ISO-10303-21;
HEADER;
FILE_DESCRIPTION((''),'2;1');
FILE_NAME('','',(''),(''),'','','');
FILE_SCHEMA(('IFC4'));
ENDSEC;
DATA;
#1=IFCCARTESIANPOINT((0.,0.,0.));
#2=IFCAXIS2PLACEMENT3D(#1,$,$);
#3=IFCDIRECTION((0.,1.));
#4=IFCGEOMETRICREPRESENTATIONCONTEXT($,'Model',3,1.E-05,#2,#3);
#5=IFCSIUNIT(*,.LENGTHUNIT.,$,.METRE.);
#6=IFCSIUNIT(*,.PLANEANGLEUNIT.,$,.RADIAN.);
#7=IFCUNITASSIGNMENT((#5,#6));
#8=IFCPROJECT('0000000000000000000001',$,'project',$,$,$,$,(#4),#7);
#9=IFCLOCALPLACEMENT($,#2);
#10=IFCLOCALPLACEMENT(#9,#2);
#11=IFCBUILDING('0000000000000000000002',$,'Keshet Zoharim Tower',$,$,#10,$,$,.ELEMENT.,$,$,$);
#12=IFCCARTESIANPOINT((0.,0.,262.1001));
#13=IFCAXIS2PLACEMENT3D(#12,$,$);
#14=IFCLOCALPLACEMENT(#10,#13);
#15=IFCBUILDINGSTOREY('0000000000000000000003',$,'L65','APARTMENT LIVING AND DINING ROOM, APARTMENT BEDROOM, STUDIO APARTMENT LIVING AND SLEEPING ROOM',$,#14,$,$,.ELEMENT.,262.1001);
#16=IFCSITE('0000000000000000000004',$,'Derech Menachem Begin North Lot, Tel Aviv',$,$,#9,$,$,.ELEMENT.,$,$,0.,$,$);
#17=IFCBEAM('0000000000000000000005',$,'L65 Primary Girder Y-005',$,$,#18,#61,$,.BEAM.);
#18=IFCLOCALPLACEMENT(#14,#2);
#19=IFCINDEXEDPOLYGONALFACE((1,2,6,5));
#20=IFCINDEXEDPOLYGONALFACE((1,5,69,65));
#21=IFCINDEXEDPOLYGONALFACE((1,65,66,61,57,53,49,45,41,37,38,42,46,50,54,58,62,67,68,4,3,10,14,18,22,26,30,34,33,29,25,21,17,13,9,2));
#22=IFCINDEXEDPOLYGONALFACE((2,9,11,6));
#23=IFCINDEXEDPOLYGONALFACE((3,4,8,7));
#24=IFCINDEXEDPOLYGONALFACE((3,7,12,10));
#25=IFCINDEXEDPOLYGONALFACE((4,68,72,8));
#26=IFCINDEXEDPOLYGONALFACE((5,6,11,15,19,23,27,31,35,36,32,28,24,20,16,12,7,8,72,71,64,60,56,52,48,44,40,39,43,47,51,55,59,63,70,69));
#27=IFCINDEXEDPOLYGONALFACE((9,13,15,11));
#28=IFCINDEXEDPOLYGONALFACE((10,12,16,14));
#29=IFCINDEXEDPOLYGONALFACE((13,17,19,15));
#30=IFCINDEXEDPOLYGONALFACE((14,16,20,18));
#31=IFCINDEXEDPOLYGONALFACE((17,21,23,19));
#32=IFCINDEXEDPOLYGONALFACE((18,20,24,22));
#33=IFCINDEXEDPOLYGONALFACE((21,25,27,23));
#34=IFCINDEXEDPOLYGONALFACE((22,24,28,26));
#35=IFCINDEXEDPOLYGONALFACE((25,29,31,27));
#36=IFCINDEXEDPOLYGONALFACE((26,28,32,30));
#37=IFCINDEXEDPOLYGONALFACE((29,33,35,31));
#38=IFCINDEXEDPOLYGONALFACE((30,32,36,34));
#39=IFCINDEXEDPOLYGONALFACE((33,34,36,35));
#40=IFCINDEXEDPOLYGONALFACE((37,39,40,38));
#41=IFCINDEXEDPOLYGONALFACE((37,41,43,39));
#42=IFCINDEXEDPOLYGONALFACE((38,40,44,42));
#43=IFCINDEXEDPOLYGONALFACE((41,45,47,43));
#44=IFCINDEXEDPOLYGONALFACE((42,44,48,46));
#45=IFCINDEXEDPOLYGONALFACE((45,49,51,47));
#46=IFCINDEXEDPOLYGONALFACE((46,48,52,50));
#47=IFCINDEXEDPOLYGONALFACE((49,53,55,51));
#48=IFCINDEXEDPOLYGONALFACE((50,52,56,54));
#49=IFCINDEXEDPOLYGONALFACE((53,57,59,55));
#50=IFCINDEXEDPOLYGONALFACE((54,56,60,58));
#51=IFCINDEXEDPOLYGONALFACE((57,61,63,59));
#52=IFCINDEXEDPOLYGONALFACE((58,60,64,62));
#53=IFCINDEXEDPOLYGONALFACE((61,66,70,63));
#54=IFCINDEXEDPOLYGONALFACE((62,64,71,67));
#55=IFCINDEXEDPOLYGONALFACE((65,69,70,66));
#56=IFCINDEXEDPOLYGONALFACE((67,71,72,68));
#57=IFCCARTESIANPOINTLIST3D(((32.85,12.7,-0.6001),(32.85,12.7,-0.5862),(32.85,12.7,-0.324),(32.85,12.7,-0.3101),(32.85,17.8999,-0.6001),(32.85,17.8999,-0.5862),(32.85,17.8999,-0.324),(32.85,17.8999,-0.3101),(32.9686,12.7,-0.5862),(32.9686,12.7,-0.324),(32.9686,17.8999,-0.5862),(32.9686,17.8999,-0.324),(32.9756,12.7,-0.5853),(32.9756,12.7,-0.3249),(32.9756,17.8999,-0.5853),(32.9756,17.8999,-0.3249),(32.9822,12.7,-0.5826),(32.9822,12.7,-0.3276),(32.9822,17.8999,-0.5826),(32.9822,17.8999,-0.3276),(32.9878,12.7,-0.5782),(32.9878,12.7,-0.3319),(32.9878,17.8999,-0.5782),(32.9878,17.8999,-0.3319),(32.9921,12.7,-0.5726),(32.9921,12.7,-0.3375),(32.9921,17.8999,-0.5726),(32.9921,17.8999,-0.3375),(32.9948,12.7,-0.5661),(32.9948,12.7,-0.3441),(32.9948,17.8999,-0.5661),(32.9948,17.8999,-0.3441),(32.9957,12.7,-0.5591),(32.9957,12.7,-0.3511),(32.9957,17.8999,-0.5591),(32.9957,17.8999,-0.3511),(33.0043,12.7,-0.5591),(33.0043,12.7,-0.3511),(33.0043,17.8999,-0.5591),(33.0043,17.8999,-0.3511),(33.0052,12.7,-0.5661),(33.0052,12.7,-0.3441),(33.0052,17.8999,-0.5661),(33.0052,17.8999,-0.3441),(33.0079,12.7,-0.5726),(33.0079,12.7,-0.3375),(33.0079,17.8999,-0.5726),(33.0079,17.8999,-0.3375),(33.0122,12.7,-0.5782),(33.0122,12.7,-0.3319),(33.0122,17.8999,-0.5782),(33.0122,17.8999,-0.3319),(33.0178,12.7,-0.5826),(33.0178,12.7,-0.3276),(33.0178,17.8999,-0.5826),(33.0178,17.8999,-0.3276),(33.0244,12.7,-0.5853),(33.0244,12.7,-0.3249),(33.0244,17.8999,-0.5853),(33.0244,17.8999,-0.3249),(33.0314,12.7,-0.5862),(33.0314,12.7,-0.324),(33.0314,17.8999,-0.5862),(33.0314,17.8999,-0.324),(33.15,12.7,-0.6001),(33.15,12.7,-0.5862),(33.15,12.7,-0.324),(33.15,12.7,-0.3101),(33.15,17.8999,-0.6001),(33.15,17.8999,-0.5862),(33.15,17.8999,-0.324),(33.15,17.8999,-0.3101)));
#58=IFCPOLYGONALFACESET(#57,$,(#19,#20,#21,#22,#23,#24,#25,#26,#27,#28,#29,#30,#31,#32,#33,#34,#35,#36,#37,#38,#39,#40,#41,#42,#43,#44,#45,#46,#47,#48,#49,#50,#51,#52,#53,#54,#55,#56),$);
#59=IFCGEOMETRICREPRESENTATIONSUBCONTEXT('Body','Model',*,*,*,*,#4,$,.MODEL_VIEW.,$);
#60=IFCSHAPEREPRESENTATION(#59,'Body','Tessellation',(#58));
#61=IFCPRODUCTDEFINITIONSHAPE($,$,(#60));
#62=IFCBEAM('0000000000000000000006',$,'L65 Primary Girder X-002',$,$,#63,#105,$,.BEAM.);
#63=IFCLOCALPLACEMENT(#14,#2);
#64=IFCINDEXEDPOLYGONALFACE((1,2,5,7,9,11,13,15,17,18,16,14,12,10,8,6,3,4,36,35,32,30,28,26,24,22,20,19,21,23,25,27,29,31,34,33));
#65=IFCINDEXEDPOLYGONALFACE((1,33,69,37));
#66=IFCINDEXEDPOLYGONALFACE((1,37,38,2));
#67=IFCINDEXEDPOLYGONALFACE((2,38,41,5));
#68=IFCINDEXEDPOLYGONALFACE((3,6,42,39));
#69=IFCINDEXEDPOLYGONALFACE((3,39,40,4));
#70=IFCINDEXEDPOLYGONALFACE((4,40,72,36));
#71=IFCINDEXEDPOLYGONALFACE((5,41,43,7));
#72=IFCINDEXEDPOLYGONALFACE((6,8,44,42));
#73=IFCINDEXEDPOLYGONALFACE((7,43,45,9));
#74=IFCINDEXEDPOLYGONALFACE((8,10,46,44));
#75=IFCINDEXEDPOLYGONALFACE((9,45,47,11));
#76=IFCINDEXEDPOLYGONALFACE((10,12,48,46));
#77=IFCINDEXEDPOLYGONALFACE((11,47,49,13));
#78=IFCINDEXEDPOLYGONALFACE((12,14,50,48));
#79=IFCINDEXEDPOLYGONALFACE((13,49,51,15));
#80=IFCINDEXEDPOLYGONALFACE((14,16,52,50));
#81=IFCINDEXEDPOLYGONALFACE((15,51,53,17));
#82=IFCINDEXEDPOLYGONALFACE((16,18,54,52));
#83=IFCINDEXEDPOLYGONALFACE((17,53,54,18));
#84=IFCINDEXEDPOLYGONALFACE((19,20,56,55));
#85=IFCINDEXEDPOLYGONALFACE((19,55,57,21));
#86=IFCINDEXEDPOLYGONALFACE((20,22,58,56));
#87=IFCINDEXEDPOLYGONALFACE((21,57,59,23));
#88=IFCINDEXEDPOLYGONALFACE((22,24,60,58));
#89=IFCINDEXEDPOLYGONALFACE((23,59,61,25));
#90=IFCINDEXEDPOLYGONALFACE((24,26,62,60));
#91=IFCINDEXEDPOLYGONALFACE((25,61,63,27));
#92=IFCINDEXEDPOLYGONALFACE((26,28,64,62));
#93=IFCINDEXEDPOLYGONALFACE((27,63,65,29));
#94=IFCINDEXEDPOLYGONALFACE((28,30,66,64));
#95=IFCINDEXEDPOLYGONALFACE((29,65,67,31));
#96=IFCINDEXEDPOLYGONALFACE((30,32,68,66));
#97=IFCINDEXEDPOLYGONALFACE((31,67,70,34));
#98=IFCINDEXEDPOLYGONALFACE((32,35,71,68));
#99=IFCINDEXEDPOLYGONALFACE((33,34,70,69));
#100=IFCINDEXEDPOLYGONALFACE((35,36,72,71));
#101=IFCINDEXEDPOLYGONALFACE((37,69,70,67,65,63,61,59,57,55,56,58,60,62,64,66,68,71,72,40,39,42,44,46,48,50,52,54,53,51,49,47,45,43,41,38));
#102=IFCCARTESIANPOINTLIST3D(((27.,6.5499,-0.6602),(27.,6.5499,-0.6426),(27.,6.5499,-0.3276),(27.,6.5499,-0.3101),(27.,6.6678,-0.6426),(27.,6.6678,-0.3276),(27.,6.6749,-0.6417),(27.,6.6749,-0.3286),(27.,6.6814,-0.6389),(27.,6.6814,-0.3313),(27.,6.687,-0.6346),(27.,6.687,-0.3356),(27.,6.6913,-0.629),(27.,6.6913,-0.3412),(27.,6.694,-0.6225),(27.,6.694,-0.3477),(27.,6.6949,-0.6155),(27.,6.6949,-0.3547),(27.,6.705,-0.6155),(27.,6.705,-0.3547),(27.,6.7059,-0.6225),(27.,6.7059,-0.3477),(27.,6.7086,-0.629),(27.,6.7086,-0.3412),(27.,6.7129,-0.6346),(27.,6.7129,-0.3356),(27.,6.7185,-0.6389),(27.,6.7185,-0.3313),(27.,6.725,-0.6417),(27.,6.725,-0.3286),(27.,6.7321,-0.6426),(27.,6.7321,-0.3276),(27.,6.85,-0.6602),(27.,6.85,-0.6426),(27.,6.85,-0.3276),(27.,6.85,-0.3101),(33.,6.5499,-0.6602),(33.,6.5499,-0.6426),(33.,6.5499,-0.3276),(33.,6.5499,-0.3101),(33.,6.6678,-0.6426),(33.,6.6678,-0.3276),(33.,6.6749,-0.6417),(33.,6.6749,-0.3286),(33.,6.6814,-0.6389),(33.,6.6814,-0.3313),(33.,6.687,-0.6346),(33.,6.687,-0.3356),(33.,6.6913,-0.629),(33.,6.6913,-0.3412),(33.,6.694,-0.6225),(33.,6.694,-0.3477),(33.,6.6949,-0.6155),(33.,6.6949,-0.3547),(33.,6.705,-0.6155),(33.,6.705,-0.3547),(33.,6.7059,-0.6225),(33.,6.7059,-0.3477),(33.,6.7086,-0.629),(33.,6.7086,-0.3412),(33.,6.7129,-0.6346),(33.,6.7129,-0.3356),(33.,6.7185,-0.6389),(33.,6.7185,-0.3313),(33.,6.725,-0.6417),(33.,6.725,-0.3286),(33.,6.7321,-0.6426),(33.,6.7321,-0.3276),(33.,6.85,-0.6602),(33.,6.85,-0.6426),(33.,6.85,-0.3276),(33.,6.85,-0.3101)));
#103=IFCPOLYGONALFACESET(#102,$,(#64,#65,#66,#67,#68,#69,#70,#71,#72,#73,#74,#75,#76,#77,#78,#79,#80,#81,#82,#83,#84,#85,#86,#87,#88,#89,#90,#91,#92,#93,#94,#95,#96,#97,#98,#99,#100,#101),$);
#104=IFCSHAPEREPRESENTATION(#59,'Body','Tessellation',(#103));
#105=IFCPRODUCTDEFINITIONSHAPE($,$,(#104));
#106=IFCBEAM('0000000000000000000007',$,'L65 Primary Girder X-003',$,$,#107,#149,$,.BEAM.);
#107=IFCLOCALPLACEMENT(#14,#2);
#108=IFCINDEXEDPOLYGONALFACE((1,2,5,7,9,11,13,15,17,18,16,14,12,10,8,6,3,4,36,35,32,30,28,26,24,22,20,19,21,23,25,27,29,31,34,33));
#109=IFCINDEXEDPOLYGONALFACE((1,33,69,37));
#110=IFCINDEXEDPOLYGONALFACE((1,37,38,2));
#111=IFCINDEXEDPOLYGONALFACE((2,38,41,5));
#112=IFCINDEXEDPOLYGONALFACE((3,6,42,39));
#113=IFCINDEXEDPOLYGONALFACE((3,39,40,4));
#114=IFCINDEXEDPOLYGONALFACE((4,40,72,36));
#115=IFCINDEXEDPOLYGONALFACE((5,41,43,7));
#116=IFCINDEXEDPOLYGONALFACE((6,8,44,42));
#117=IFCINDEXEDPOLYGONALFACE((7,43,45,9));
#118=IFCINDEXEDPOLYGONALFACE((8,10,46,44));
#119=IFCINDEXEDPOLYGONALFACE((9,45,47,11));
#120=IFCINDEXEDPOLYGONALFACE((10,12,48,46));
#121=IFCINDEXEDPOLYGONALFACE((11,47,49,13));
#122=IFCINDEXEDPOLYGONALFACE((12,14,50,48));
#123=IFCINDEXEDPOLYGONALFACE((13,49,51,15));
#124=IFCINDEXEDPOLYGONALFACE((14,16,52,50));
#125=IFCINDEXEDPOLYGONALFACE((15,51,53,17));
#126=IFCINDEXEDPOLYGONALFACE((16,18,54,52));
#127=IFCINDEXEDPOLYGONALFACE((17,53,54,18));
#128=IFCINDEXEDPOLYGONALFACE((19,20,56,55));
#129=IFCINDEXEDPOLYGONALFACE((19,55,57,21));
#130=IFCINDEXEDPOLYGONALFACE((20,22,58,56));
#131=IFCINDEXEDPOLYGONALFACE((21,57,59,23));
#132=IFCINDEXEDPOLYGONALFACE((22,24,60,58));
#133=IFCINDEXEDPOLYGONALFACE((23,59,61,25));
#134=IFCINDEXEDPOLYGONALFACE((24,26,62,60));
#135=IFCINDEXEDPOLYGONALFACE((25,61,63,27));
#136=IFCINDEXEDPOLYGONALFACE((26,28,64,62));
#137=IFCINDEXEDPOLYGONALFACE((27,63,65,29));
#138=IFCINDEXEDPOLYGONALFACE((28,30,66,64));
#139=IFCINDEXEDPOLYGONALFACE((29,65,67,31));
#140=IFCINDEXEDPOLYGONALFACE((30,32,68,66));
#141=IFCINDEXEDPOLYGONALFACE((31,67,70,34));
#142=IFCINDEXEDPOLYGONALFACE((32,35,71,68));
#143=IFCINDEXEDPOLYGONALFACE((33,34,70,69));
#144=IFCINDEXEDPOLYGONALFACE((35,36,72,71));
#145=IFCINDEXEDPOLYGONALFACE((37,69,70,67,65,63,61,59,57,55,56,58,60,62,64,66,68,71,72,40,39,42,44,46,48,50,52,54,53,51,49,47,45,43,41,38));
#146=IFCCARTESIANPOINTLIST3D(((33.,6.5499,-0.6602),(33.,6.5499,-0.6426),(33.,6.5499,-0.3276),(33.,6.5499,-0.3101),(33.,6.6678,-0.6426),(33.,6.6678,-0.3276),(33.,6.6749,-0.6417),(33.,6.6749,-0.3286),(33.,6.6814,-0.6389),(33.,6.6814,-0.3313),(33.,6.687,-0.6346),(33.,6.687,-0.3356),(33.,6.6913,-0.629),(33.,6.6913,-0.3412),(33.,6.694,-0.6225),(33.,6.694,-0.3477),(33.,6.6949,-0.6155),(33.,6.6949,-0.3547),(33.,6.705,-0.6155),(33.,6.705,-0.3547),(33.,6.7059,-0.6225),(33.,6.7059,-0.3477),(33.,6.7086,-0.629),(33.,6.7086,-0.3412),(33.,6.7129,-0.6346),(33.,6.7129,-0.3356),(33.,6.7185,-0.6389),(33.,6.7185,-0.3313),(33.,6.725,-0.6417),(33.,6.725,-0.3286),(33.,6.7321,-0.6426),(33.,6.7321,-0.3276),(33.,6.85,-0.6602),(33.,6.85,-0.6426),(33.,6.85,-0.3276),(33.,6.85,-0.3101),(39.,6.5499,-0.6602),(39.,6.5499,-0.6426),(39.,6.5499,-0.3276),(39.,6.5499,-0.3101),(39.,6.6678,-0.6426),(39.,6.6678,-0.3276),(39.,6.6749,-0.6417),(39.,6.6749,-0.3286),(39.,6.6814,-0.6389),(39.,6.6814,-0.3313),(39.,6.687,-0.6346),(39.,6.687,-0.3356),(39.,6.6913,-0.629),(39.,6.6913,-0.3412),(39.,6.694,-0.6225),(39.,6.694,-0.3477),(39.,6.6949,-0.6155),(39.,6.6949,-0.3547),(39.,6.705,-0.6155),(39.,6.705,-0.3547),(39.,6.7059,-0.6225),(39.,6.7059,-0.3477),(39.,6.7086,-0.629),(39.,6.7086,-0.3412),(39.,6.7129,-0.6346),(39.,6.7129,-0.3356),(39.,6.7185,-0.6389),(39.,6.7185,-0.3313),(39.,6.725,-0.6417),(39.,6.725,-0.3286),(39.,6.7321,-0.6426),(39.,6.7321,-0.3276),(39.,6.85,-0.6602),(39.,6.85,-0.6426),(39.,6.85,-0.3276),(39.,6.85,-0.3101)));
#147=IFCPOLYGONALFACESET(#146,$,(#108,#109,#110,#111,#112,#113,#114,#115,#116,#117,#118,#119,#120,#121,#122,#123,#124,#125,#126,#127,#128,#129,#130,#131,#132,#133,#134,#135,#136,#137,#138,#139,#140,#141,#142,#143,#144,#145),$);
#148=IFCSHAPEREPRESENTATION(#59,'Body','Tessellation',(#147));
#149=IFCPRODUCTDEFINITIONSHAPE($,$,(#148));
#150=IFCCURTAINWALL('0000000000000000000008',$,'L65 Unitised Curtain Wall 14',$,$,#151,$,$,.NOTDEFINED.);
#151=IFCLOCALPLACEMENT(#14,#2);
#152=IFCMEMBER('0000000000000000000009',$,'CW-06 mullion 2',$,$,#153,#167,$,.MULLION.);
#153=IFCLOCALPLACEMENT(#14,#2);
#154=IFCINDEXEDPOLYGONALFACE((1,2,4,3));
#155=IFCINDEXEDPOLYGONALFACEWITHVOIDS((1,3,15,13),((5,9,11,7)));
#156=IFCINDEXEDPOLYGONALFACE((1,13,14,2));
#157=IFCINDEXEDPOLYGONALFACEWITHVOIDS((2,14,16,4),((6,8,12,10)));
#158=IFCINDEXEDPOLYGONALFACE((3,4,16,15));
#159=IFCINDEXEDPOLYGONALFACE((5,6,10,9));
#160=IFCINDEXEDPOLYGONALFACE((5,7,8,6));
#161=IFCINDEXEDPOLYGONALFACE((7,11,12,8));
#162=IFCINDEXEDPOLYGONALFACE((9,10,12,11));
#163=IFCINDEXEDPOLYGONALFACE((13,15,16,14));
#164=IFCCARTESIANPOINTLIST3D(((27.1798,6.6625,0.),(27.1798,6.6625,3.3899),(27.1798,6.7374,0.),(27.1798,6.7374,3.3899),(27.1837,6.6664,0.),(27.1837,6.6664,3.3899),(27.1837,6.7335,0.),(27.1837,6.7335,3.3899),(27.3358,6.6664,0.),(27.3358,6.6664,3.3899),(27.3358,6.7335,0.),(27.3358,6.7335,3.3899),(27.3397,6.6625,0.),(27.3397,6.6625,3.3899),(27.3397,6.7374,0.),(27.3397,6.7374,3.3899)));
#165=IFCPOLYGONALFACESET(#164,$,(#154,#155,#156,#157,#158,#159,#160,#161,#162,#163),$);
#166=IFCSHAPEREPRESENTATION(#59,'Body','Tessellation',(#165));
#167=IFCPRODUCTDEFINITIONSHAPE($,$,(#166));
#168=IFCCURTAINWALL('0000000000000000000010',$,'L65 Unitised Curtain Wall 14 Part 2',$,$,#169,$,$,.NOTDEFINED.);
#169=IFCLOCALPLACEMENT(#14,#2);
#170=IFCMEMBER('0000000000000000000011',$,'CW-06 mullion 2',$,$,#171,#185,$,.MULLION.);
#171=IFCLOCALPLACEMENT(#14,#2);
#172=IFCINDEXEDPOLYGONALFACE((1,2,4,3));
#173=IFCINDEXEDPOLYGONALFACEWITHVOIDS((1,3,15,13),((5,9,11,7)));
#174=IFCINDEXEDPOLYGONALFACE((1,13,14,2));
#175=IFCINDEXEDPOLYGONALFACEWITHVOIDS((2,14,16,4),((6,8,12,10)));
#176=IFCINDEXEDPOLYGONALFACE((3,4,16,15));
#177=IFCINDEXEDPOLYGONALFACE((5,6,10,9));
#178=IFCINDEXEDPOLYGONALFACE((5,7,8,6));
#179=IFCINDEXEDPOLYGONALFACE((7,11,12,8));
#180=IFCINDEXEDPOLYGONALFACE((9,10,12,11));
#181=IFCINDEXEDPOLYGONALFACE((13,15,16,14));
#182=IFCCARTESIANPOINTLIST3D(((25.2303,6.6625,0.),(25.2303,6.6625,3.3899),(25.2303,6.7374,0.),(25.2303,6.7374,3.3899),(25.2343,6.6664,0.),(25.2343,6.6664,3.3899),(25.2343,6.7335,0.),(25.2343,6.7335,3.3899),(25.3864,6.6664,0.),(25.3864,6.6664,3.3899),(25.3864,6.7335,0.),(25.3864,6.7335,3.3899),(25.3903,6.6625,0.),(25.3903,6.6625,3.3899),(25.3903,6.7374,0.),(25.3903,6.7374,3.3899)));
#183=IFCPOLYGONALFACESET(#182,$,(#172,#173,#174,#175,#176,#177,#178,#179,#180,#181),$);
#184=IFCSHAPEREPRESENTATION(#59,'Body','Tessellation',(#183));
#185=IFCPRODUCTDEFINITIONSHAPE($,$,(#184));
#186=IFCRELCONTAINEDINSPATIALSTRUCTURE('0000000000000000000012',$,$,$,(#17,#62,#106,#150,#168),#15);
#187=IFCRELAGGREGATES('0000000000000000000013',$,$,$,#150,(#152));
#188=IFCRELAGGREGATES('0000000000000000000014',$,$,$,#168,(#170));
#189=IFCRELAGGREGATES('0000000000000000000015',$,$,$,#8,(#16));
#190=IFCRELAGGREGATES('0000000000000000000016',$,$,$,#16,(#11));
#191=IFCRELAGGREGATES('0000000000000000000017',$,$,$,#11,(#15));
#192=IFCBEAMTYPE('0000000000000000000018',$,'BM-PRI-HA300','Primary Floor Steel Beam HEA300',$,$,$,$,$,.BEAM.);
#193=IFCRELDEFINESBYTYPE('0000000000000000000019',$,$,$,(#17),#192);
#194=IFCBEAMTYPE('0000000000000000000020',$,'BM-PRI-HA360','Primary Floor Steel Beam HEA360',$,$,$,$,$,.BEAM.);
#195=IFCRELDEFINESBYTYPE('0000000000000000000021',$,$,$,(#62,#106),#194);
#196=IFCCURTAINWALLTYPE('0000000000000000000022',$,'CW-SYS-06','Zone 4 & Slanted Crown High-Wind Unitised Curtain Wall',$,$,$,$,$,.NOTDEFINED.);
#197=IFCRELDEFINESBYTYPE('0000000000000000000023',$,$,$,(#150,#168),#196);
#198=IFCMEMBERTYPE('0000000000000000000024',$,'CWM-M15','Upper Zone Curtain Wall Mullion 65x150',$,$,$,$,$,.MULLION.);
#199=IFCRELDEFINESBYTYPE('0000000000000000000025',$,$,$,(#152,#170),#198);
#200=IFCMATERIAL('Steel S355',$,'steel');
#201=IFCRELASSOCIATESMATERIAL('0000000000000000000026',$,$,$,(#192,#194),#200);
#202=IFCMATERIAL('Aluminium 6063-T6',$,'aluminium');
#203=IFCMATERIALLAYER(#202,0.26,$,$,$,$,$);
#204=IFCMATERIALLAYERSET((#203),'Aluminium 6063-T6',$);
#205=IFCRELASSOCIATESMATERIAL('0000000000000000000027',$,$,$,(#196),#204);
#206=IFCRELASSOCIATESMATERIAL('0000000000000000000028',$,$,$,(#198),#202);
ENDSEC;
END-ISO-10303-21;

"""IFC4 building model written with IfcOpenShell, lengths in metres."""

from ifc_helpers import new_model, si_unit, direction, frame, origin, origin_2d, place, context, subcontext, project, spatial, hollow_rectangle, i_section, extrude, material, layer, layer_set, material_profile, profile_set, type_object, element, aggregate, save


model = new_model("IFC4")

# Units and contexts
model_context = context("Model", 3, precision=1e-05, world=origin(), true_north=direction((0.0, 1.0)))
body_context = subcontext(model_context, "Body", "Model", "MODEL_VIEW")
ifc_project = project(units=[si_unit("LENGTHUNIT", "METRE"), si_unit("PLANEANGLEUNIT", "RADIAN")], contexts=[model_context])

# Site, building, storey
site_placement = place(None, origin())
site = spatial("IfcSite", under=ifc_project, at=site_placement, Name="Derech Menachem Begin North Lot, Tel Aviv", CompositionType="ELEMENT", RefElevation=0.0)
building_placement = place(site_placement, origin())
building = spatial("IfcBuilding", under=site, at=building_placement, Name="Keshet Zoharim Tower", CompositionType="ELEMENT")
storey_placement = place(building_placement, frame((0.0, 0.0, 262.1001)))
storey = spatial("IfcBuildingStorey", under=building, at=storey_placement, Name="L65", Description="APARTMENT LIVING AND DINING ROOM, APARTMENT BEDROOM, STUDIO APARTMENT LIVING AND SLEEPING ROOM", CompositionType="ELEMENT", Elevation=262.1001)

# Shared definitions
ifc_material_1 = material(Name="Steel S355", Category="steel")

# Beams
ifc_material_profile_1 = material_profile(ifc_material_1, i_section(OverallWidth=0.3, OverallDepth=0.29, WebThickness=0.0085, FlangeThickness=0.0139, FilletRadius=0.0271, at=origin_2d()), Name="HEA300")
ifc_profile_set_1 = profile_set([ifc_material_profile_1], Name="Steel S355")
beam_type_1 = type_object("IfcBeamType", Name="BM-PRI-HA300", Description="Primary Floor Steel Beam HEA300", PredefinedType="BEAM", material=ifc_profile_set_1)
beam_1_placement = place(storey_placement, frame((33.0, 12.7, -0.4551), z_axis=(0.0, 1.0, 0.0), x_axis=(-1.0, 0.0, 0.0)))
element("IfcBeam", 1, at=beam_1_placement, inside=storey, type_object=beam_type_1, Name="L65 Primary Girder Y-005", PredefinedType="BEAM", context=body_context, shape_type="SweptSolid", body=[
    extrude(i_section(OverallWidth=0.3, OverallDepth=0.29, WebThickness=0.0085, FlangeThickness=0.0139, FilletRadius=0.0271, at=origin_2d()), origin(), (0.0, 0.0, 1.0), 5.2),
])
ifc_material_profile_2 = material_profile(ifc_material_1, i_section(OverallWidth=0.3, OverallDepth=0.3501, WebThickness=0.01, FlangeThickness=0.0176, FilletRadius=0.0271, at=origin_2d()), Name="HEA360")
ifc_profile_set_2 = profile_set([ifc_material_profile_2], Name="Steel S355")
beam_type_2 = type_object("IfcBeamType", Name="BM-PRI-HA360", Description="Primary Floor Steel Beam HEA360", PredefinedType="BEAM", material=ifc_profile_set_2)
for number, where, z_axis, x_axis, name in (
    (2, (27.0, 6.7, -0.4851), (1.0, 0.0, 0.0), (0.0, 1.0, 0.0), "L65 Primary Girder X-002"),
    (3, (33.0, 6.7, -0.4851), (1.0, 0.0, 0.0), (0.0, 1.0, 0.0), "L65 Primary Girder X-003"),
):
    element("IfcBeam", number, at=place(storey_placement, frame(where, z_axis=z_axis, x_axis=x_axis)), inside=storey, type_object=beam_type_2, Name=name, PredefinedType="BEAM", context=body_context, shape_type="SweptSolid", body=[
        extrude(i_section(OverallWidth=0.3, OverallDepth=0.3501, WebThickness=0.01, FlangeThickness=0.0176, FilletRadius=0.0271, at=origin_2d()), origin(), (0.0, 0.0, 1.0), 6.0),
    ])

# Curtain wall, member
ifc_material_2 = material(Name="Aluminium 6063-T6", Category="aluminium")
ifc_layer_1 = layer(ifc_material_2, 0.26)
ifc_layer_set_1 = layer_set([ifc_layer_1], Name="Aluminium 6063-T6")
curtain_wall_type = type_object("IfcCurtainWallType", Name="CW-SYS-06", Description="Zone 4 & Slanted Crown High-Wind Unitised Curtain Wall", PredefinedType="NOTDEFINED", material=ifc_layer_set_1)
curtain_wall_1_placement = place(storey_placement, origin())
curtain_wall_1 = element("IfcCurtainWall", 4, at=curtain_wall_1_placement, inside=storey, type_object=curtain_wall_type, Name="L65 Unitised Curtain Wall 14", PredefinedType="NOTDEFINED")
ifc_material_profile_3 = material_profile(ifc_material_2, hollow_rectangle(XDim=0.075, YDim=0.1599, WallThickness=0.0039, at=origin_2d()), Name="MUL-75x160")
ifc_profile_set_3 = profile_set([ifc_material_profile_3], Name="Aluminium 6063-T6")
member_type_1 = type_object("IfcMemberType", Name="CWM-M15", Description="Upper Zone Curtain Wall Mullion 65x150", PredefinedType="MULLION", material=ifc_profile_set_3)
member_1_placement = place(storey_placement, frame((27.2598, 6.7, 0.0), z_axis=(0.0, 0.0, 1.0), x_axis=(0.0, -1.0, 0.0)))
member_1 = element("IfcMember", 5, at=member_1_placement, type_object=member_type_1, Name="CW-06 mullion 2", PredefinedType="MULLION", context=body_context, shape_type="SweptSolid", body=[
    extrude(hollow_rectangle(XDim=0.075, YDim=0.1599, WallThickness=0.0039, at=origin_2d()), origin(), (0.0, 0.0, 1.0), 3.3899),
])
aggregate(curtain_wall_1, [member_1])

# Curtain wall, member
curtain_wall_2_placement = place(storey_placement, origin())
curtain_wall_2 = element("IfcCurtainWall", 6, at=curtain_wall_2_placement, inside=storey, type_object=curtain_wall_type, Name="L65 Unitised Curtain Wall 14 Part 2", PredefinedType="NOTDEFINED")
member_2_placement = place(storey_placement, frame((25.3103, 6.7, 0.0), z_axis=(0.0, 0.0, 1.0), x_axis=(0.0, -1.0, 0.0)))
member_2 = element("IfcMember", 7, at=member_2_placement, type_object=member_type_1, Name="CW-06 mullion 2", PredefinedType="MULLION", context=body_context, shape_type="SweptSolid", body=[
    extrude(hollow_rectangle(XDim=0.075, YDim=0.1599, WallThickness=0.0039, at=origin_2d()), origin(), (0.0, 0.0, 1.0), 3.3899),
])

aggregate(curtain_wall_2, [member_2])

save(model, "model.ifc")
